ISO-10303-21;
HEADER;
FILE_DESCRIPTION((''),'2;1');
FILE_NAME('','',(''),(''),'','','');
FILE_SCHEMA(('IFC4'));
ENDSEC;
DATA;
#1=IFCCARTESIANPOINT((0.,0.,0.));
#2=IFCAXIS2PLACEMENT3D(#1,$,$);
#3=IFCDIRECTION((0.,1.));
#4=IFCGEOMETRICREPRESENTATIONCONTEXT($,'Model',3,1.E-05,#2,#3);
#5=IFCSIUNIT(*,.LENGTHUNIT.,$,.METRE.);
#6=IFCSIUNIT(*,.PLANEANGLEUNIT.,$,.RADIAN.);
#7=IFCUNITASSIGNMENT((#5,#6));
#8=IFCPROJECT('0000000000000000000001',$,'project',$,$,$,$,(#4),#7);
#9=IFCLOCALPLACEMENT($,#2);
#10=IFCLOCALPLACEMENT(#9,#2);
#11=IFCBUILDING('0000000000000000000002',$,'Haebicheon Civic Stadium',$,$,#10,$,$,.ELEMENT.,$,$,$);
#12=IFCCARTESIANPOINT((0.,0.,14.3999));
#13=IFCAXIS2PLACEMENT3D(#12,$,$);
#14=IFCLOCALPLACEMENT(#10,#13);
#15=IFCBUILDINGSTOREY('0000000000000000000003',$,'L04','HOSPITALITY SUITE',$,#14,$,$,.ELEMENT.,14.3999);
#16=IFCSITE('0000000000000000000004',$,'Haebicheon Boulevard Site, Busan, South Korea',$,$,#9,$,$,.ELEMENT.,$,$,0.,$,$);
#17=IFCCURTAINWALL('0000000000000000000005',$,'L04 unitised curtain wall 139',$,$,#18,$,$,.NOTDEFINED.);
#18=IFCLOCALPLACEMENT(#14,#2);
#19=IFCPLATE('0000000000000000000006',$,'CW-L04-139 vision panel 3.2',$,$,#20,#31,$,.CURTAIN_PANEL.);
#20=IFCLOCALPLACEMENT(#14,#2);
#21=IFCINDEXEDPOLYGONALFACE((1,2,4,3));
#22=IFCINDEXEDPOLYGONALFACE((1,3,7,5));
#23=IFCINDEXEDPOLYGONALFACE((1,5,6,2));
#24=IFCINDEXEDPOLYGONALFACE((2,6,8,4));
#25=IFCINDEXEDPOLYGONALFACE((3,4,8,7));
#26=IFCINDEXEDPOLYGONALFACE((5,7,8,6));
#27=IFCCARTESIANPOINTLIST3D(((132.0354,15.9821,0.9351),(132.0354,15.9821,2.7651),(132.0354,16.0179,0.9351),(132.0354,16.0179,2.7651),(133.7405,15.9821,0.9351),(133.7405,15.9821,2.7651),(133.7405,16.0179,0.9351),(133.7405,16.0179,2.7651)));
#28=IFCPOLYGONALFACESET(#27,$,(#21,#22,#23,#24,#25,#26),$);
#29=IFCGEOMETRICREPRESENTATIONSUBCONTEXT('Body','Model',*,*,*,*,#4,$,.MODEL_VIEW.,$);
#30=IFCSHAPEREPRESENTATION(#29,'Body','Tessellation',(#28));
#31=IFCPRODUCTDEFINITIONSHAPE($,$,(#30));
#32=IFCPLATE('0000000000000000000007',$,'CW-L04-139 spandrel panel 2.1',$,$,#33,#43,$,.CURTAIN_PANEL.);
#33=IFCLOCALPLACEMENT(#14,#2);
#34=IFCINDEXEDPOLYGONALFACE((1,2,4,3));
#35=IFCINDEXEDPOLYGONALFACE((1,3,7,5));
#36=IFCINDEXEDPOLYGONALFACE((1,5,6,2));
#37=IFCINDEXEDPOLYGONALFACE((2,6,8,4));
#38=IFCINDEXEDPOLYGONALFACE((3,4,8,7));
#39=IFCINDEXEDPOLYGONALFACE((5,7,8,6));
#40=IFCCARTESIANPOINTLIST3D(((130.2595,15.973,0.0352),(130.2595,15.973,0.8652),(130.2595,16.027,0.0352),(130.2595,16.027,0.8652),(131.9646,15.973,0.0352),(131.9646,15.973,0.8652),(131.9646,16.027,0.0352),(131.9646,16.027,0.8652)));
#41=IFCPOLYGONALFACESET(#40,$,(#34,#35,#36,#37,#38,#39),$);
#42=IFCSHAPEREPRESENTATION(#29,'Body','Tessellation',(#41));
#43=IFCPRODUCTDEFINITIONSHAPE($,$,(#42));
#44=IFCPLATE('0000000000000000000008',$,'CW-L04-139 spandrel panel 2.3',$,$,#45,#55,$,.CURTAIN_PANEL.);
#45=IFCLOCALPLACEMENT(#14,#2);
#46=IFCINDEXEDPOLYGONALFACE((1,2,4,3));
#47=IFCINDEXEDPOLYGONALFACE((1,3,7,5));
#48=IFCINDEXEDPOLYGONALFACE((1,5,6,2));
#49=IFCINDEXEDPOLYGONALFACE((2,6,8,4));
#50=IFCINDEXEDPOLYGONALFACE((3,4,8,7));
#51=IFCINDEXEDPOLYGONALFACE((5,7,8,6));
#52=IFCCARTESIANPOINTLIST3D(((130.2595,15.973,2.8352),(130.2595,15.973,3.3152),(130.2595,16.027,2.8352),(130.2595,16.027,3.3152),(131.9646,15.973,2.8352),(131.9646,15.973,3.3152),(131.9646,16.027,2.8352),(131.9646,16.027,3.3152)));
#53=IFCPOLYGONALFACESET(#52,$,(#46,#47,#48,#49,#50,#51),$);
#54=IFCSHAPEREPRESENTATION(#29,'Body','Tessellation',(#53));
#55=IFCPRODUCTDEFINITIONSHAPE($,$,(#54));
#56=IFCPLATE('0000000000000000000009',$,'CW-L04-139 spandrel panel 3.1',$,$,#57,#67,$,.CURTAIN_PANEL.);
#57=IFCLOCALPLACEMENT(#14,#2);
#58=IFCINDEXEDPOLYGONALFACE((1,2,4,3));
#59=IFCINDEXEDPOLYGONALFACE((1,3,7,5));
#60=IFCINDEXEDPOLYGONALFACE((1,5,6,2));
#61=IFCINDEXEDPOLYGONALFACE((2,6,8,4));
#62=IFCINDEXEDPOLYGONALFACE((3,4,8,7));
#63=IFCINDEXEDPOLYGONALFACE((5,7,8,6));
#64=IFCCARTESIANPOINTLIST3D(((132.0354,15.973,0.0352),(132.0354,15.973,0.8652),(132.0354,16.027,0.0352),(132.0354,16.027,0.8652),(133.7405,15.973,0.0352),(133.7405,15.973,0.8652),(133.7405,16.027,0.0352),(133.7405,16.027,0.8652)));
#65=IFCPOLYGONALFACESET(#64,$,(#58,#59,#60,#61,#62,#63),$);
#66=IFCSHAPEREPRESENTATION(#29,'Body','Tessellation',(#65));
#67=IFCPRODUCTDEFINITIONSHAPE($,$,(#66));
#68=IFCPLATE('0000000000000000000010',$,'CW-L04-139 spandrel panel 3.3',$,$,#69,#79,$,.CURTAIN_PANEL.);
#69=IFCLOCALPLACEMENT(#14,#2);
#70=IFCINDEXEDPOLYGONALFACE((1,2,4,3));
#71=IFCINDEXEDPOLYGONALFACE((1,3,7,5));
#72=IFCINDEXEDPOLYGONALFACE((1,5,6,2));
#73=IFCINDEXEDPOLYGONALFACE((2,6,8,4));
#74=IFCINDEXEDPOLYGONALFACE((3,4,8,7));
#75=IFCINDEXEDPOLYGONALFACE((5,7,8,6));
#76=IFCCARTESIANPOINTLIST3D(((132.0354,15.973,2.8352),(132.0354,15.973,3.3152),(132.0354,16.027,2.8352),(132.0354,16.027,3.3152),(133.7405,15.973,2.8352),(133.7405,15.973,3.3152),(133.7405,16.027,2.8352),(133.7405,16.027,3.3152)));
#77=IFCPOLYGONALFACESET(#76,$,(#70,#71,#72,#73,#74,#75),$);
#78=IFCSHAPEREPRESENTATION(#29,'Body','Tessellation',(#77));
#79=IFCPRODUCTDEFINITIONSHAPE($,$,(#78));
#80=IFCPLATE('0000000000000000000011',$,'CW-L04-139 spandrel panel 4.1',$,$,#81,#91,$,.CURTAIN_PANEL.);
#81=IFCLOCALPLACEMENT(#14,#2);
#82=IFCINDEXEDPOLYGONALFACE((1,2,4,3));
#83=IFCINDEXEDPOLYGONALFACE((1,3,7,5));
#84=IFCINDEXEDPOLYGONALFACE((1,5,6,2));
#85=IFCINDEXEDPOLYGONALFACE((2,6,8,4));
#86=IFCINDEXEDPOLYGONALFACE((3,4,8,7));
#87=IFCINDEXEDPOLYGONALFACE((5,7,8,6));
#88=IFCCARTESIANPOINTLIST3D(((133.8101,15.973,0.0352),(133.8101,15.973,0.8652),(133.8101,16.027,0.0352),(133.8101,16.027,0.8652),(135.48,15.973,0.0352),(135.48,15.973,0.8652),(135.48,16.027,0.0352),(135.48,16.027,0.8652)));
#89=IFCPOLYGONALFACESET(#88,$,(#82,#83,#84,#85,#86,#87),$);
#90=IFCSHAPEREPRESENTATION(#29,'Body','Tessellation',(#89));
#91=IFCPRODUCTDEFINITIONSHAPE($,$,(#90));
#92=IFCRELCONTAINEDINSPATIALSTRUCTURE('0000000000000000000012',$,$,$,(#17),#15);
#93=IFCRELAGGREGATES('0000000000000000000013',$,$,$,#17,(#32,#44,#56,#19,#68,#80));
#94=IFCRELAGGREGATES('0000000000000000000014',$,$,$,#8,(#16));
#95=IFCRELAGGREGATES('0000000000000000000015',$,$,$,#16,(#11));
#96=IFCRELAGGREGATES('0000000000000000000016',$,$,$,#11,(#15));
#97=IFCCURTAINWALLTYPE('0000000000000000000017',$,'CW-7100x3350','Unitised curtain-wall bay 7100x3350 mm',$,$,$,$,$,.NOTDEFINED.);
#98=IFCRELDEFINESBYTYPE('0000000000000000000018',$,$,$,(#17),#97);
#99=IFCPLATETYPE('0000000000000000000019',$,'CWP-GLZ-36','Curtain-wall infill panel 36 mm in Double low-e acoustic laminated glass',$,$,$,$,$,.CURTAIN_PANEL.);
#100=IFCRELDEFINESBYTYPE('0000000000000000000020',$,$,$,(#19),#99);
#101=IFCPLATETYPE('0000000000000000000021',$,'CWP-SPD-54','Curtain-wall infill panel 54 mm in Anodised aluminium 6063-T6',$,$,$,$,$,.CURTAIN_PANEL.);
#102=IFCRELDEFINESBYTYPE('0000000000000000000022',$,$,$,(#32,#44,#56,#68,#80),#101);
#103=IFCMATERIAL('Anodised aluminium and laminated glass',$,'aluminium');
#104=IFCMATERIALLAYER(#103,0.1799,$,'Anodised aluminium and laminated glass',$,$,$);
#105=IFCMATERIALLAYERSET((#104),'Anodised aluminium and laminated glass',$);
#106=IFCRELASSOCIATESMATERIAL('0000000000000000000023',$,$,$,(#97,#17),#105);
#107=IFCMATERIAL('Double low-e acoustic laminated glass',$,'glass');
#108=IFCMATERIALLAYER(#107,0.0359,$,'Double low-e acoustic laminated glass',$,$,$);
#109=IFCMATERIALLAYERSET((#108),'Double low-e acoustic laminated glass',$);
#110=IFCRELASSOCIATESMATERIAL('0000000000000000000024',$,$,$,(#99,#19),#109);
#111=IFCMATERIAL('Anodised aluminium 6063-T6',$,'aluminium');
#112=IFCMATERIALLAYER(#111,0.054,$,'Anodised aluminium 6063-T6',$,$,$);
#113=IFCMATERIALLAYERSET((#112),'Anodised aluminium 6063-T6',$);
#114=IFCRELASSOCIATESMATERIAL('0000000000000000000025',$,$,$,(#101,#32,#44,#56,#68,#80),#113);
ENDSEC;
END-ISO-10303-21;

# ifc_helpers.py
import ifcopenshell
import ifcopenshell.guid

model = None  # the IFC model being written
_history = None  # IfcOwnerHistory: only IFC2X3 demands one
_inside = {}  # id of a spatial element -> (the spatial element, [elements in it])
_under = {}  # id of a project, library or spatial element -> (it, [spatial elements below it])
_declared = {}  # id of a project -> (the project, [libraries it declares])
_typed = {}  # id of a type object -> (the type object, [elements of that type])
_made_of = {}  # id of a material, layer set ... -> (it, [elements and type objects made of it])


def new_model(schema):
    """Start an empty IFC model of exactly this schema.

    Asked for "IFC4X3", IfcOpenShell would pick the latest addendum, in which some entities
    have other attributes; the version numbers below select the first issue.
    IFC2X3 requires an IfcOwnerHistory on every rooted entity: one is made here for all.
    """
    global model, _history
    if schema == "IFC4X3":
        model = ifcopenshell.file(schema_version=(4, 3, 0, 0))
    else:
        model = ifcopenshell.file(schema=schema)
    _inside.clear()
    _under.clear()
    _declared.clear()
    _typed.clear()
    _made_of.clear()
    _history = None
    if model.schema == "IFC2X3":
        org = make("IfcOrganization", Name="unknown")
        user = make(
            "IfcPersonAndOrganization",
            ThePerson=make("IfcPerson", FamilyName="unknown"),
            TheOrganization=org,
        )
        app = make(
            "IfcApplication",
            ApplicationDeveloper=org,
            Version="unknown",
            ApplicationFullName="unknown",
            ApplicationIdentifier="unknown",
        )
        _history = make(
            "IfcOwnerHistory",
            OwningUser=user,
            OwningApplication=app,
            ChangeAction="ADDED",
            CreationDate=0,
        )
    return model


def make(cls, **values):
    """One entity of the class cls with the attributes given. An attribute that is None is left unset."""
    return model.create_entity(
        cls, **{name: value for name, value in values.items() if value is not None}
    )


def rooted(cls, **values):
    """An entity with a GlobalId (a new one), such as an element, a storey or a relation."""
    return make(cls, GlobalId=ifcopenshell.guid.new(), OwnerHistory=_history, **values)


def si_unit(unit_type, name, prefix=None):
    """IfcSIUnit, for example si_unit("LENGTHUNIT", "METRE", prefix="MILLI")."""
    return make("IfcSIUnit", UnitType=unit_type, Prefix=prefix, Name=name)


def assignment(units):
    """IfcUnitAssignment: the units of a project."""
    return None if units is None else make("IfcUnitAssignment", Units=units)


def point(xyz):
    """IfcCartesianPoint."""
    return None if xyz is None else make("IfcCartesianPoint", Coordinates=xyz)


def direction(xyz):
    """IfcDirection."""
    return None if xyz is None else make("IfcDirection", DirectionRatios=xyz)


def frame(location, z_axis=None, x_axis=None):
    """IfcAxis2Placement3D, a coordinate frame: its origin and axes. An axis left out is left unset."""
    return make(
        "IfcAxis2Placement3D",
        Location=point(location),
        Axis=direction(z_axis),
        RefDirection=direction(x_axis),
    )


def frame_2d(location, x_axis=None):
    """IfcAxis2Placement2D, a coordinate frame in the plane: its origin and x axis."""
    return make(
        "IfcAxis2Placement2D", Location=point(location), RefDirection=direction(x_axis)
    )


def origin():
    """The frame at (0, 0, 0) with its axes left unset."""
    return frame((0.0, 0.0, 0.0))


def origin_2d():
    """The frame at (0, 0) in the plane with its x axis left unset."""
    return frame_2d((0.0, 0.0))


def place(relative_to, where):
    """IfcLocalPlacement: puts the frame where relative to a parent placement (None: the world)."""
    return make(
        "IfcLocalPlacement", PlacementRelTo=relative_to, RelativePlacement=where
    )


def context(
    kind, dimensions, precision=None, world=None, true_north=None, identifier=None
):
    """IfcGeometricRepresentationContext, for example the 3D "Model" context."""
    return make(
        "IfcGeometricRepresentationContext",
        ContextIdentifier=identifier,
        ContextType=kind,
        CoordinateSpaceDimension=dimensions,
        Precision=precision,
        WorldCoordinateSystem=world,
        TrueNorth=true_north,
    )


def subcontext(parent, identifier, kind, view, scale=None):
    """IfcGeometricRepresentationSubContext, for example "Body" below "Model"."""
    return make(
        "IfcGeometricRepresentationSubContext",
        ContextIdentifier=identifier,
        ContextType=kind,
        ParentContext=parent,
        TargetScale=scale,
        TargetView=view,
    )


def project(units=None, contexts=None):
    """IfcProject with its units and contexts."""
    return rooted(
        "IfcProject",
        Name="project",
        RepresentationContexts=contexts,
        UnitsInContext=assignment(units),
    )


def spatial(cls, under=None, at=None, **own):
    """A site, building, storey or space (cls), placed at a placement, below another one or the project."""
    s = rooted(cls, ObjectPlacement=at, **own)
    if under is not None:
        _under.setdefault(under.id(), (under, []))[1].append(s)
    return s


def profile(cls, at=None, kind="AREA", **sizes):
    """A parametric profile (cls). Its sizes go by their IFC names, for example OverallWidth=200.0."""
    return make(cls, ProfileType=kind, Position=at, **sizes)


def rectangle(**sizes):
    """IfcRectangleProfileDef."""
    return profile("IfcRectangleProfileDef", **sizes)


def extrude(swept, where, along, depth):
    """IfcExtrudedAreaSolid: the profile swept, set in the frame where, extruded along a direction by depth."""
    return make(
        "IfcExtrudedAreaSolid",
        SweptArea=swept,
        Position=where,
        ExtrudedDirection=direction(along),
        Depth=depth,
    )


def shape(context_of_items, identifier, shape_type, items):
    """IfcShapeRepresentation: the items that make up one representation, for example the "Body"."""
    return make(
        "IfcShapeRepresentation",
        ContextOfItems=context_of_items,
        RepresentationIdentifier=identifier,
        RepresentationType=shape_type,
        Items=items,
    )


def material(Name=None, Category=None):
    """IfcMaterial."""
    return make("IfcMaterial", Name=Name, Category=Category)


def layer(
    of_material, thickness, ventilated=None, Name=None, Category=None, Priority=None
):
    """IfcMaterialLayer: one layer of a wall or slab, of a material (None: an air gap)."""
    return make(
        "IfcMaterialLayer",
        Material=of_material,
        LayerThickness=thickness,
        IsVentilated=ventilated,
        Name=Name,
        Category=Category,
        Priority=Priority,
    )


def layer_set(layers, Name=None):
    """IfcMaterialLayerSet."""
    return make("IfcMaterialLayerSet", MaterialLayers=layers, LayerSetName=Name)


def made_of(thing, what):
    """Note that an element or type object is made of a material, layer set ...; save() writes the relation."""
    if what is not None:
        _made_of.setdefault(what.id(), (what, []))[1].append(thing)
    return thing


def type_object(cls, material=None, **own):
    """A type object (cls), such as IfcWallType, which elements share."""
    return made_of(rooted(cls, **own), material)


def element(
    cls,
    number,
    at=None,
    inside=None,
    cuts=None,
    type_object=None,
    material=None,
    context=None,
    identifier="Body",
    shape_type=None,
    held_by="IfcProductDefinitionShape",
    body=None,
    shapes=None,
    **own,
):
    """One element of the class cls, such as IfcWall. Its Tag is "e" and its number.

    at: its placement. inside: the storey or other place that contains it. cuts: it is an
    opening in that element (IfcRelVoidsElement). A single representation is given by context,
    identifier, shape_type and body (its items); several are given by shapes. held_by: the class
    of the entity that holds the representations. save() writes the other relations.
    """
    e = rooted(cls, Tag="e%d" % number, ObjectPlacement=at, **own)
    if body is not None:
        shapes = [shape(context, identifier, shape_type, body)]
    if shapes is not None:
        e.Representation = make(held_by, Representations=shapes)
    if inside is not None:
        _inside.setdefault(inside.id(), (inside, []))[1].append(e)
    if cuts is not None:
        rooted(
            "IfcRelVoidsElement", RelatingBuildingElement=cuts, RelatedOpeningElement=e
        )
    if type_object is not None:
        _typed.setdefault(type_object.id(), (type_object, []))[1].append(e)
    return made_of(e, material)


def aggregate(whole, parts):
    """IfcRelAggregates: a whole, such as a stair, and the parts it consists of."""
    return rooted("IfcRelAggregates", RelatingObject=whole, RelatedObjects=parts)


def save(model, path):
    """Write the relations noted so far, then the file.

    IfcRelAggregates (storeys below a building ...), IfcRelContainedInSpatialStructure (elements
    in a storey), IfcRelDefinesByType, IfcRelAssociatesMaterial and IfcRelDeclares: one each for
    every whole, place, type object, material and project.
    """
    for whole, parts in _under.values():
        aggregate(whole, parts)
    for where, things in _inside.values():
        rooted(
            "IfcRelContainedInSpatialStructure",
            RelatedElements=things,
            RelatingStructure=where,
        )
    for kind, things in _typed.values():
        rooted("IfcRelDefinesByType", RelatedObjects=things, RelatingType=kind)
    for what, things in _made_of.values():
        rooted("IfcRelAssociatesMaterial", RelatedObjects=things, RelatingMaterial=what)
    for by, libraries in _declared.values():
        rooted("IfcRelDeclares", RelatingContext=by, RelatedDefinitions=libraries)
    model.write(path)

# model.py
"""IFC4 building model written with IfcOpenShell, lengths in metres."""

from ifc_helpers import new_model, si_unit, direction, frame, origin, origin_2d, place, context, subcontext, project, spatial, rectangle, extrude, material, layer, layer_set, type_object, element, aggregate, save


model = new_model("IFC4")

# Units and contexts
model_context = context("Model", 3, precision=1e-05, world=origin(), true_north=direction((0.0, 1.0)))
body_context = subcontext(model_context, "Body", "Model", "MODEL_VIEW")
ifc_project = project(units=[si_unit("LENGTHUNIT", "METRE"), si_unit("PLANEANGLEUNIT", "RADIAN")], contexts=[model_context])

# Site, building, storey
site_placement = place(None, origin())
site = spatial("IfcSite", under=ifc_project, at=site_placement, Name="Haebicheon Boulevard Site, Busan, South Korea", CompositionType="ELEMENT", RefElevation=0.0)
building_placement = place(site_placement, origin())
building = spatial("IfcBuilding", under=site, at=building_placement, Name="Haebicheon Civic Stadium", CompositionType="ELEMENT")
storey_placement = place(building_placement, frame((0.0, 0.0, 14.3999)))
storey = spatial("IfcBuildingStorey", under=building, at=storey_placement, Name="L04", Description="HOSPITALITY SUITE", CompositionType="ELEMENT", Elevation=14.3999)

# Curtain wall, plates
ifc_material_1 = material(Name="Anodised aluminium and laminated glass", Category="aluminium")
ifc_layer_1 = layer(ifc_material_1, 0.1799, Name="Anodised aluminium and laminated glass")
ifc_layer_set_1 = layer_set([ifc_layer_1], Name="Anodised aluminium and laminated glass")
curtain_wall_type = type_object("IfcCurtainWallType", Name="CW-7100x3350", Description="Unitised curtain-wall bay 7100x3350 mm", PredefinedType="NOTDEFINED", material=ifc_layer_set_1)
curtain_wall_placement = place(storey_placement, origin())
curtain_wall = element("IfcCurtainWall", 1, at=curtain_wall_placement, inside=storey, type_object=curtain_wall_type, material=ifc_layer_set_1, Name="L04 unitised curtain wall 139", PredefinedType="NOTDEFINED")
ifc_material_2 = material(Name="Double low-e acoustic laminated glass", Category="glass")
ifc_layer_2 = layer(ifc_material_2, 0.0359, Name="Double low-e acoustic laminated glass")
ifc_layer_set_2 = layer_set([ifc_layer_2], Name="Double low-e acoustic laminated glass")
plate_type_1 = type_object("IfcPlateType", Name="CWP-GLZ-36", Description="Curtain-wall infill panel 36 mm in Double low-e acoustic laminated glass", PredefinedType="CURTAIN_PANEL", material=ifc_layer_set_2)
plate_1_placement = place(storey_placement, frame((132.8879, 16.0, 0.9351), z_axis=(0.0, 0.0, 1.0), x_axis=(1.0, 0.0, 0.0)))
plate_1 = element("IfcPlate", 2, at=plate_1_placement, type_object=plate_type_1, material=ifc_layer_set_2, Name="CW-L04-139 vision panel 3.2", PredefinedType="CURTAIN_PANEL", context=body_context, shape_type="SweptSolid", body=[
    extrude(rectangle(XDim=1.7051, YDim=0.0359, at=origin_2d()), origin(), (0.0, 0.0, 1.0), 1.8301),
])
ifc_material_3 = material(Name="Anodised aluminium 6063-T6", Category="aluminium")
ifc_layer_3 = layer(ifc_material_3, 0.054, Name="Anodised aluminium 6063-T6")
ifc_layer_set_3 = layer_set([ifc_layer_3], Name="Anodised aluminium 6063-T6")
plate_type_2 = type_object("IfcPlateType", Name="CWP-SPD-54", Description="Curtain-wall infill panel 54 mm in Anodised aluminium 6063-T6", PredefinedType="CURTAIN_PANEL", material=ifc_layer_set_3)
plate_2_placement = place(storey_placement, frame((131.1121, 16.0, 0.0352), z_axis=(0.0, 0.0, 1.0), x_axis=(1.0, 0.0, 0.0)))
plate_2 = element("IfcPlate", 3, at=plate_2_placement, type_object=plate_type_2, material=ifc_layer_set_3, Name="CW-L04-139 spandrel panel 2.1", PredefinedType="CURTAIN_PANEL", context=body_context, shape_type="SweptSolid", body=[
    extrude(rectangle(XDim=1.7051, YDim=0.054, at=origin_2d()), origin(), (0.0, 0.0, 1.0), 0.8301),
])
plate_3_placement = place(storey_placement, frame((131.1121, 16.0, 2.8352), z_axis=(0.0, 0.0, 1.0), x_axis=(1.0, 0.0, 0.0)))
plate_3 = element("IfcPlate", 4, at=plate_3_placement, type_object=plate_type_2, material=ifc_layer_set_3, Name="CW-L04-139 spandrel panel 2.3", PredefinedType="CURTAIN_PANEL", context=body_context, shape_type="SweptSolid", body=[
    extrude(rectangle(XDim=1.7051, YDim=0.054, at=origin_2d()), origin(), (0.0, 0.0, 1.0), 0.48),
])
plate_4_placement = place(storey_placement, frame((132.8879, 16.0, 0.0352), z_axis=(0.0, 0.0, 1.0), x_axis=(1.0, 0.0, 0.0)))
plate_4 = element("IfcPlate", 5, at=plate_4_placement, type_object=plate_type_2, material=ifc_layer_set_3, Name="CW-L04-139 spandrel panel 3.1", PredefinedType="CURTAIN_PANEL", context=body_context, shape_type="SweptSolid", body=[
    extrude(rectangle(XDim=1.7051, YDim=0.054, at=origin_2d()), origin(), (0.0, 0.0, 1.0), 0.8301),
])
plate_5_placement = place(storey_placement, frame((132.8879, 16.0, 2.8352), z_axis=(0.0, 0.0, 1.0), x_axis=(1.0, 0.0, 0.0)))
plate_5 = element("IfcPlate", 6, at=plate_5_placement, type_object=plate_type_2, material=ifc_layer_set_3, Name="CW-L04-139 spandrel panel 3.3", PredefinedType="CURTAIN_PANEL", context=body_context, shape_type="SweptSolid", body=[
    extrude(rectangle(XDim=1.7051, YDim=0.054, at=origin_2d()), origin(), (0.0, 0.0, 1.0), 0.48),
])
plate_6_placement = place(storey_placement, frame((134.645, 16.0, 0.0352), z_axis=(0.0, 0.0, 1.0), x_axis=(1.0, 0.0, 0.0)))
plate_6 = element("IfcPlate", 7, at=plate_6_placement, type_object=plate_type_2, material=ifc_layer_set_3, Name="CW-L04-139 spandrel panel 4.1", PredefinedType="CURTAIN_PANEL", context=body_context, shape_type="SweptSolid", body=[
    extrude(rectangle(XDim=1.6699, YDim=0.054, at=origin_2d()), origin(), (0.0, 0.0, 1.0), 0.8301),
])
aggregate(curtain_wall, [plate_2, plate_3, plate_4, plate_1, plate_5, plate_6])

save(model, "model.ifc")
